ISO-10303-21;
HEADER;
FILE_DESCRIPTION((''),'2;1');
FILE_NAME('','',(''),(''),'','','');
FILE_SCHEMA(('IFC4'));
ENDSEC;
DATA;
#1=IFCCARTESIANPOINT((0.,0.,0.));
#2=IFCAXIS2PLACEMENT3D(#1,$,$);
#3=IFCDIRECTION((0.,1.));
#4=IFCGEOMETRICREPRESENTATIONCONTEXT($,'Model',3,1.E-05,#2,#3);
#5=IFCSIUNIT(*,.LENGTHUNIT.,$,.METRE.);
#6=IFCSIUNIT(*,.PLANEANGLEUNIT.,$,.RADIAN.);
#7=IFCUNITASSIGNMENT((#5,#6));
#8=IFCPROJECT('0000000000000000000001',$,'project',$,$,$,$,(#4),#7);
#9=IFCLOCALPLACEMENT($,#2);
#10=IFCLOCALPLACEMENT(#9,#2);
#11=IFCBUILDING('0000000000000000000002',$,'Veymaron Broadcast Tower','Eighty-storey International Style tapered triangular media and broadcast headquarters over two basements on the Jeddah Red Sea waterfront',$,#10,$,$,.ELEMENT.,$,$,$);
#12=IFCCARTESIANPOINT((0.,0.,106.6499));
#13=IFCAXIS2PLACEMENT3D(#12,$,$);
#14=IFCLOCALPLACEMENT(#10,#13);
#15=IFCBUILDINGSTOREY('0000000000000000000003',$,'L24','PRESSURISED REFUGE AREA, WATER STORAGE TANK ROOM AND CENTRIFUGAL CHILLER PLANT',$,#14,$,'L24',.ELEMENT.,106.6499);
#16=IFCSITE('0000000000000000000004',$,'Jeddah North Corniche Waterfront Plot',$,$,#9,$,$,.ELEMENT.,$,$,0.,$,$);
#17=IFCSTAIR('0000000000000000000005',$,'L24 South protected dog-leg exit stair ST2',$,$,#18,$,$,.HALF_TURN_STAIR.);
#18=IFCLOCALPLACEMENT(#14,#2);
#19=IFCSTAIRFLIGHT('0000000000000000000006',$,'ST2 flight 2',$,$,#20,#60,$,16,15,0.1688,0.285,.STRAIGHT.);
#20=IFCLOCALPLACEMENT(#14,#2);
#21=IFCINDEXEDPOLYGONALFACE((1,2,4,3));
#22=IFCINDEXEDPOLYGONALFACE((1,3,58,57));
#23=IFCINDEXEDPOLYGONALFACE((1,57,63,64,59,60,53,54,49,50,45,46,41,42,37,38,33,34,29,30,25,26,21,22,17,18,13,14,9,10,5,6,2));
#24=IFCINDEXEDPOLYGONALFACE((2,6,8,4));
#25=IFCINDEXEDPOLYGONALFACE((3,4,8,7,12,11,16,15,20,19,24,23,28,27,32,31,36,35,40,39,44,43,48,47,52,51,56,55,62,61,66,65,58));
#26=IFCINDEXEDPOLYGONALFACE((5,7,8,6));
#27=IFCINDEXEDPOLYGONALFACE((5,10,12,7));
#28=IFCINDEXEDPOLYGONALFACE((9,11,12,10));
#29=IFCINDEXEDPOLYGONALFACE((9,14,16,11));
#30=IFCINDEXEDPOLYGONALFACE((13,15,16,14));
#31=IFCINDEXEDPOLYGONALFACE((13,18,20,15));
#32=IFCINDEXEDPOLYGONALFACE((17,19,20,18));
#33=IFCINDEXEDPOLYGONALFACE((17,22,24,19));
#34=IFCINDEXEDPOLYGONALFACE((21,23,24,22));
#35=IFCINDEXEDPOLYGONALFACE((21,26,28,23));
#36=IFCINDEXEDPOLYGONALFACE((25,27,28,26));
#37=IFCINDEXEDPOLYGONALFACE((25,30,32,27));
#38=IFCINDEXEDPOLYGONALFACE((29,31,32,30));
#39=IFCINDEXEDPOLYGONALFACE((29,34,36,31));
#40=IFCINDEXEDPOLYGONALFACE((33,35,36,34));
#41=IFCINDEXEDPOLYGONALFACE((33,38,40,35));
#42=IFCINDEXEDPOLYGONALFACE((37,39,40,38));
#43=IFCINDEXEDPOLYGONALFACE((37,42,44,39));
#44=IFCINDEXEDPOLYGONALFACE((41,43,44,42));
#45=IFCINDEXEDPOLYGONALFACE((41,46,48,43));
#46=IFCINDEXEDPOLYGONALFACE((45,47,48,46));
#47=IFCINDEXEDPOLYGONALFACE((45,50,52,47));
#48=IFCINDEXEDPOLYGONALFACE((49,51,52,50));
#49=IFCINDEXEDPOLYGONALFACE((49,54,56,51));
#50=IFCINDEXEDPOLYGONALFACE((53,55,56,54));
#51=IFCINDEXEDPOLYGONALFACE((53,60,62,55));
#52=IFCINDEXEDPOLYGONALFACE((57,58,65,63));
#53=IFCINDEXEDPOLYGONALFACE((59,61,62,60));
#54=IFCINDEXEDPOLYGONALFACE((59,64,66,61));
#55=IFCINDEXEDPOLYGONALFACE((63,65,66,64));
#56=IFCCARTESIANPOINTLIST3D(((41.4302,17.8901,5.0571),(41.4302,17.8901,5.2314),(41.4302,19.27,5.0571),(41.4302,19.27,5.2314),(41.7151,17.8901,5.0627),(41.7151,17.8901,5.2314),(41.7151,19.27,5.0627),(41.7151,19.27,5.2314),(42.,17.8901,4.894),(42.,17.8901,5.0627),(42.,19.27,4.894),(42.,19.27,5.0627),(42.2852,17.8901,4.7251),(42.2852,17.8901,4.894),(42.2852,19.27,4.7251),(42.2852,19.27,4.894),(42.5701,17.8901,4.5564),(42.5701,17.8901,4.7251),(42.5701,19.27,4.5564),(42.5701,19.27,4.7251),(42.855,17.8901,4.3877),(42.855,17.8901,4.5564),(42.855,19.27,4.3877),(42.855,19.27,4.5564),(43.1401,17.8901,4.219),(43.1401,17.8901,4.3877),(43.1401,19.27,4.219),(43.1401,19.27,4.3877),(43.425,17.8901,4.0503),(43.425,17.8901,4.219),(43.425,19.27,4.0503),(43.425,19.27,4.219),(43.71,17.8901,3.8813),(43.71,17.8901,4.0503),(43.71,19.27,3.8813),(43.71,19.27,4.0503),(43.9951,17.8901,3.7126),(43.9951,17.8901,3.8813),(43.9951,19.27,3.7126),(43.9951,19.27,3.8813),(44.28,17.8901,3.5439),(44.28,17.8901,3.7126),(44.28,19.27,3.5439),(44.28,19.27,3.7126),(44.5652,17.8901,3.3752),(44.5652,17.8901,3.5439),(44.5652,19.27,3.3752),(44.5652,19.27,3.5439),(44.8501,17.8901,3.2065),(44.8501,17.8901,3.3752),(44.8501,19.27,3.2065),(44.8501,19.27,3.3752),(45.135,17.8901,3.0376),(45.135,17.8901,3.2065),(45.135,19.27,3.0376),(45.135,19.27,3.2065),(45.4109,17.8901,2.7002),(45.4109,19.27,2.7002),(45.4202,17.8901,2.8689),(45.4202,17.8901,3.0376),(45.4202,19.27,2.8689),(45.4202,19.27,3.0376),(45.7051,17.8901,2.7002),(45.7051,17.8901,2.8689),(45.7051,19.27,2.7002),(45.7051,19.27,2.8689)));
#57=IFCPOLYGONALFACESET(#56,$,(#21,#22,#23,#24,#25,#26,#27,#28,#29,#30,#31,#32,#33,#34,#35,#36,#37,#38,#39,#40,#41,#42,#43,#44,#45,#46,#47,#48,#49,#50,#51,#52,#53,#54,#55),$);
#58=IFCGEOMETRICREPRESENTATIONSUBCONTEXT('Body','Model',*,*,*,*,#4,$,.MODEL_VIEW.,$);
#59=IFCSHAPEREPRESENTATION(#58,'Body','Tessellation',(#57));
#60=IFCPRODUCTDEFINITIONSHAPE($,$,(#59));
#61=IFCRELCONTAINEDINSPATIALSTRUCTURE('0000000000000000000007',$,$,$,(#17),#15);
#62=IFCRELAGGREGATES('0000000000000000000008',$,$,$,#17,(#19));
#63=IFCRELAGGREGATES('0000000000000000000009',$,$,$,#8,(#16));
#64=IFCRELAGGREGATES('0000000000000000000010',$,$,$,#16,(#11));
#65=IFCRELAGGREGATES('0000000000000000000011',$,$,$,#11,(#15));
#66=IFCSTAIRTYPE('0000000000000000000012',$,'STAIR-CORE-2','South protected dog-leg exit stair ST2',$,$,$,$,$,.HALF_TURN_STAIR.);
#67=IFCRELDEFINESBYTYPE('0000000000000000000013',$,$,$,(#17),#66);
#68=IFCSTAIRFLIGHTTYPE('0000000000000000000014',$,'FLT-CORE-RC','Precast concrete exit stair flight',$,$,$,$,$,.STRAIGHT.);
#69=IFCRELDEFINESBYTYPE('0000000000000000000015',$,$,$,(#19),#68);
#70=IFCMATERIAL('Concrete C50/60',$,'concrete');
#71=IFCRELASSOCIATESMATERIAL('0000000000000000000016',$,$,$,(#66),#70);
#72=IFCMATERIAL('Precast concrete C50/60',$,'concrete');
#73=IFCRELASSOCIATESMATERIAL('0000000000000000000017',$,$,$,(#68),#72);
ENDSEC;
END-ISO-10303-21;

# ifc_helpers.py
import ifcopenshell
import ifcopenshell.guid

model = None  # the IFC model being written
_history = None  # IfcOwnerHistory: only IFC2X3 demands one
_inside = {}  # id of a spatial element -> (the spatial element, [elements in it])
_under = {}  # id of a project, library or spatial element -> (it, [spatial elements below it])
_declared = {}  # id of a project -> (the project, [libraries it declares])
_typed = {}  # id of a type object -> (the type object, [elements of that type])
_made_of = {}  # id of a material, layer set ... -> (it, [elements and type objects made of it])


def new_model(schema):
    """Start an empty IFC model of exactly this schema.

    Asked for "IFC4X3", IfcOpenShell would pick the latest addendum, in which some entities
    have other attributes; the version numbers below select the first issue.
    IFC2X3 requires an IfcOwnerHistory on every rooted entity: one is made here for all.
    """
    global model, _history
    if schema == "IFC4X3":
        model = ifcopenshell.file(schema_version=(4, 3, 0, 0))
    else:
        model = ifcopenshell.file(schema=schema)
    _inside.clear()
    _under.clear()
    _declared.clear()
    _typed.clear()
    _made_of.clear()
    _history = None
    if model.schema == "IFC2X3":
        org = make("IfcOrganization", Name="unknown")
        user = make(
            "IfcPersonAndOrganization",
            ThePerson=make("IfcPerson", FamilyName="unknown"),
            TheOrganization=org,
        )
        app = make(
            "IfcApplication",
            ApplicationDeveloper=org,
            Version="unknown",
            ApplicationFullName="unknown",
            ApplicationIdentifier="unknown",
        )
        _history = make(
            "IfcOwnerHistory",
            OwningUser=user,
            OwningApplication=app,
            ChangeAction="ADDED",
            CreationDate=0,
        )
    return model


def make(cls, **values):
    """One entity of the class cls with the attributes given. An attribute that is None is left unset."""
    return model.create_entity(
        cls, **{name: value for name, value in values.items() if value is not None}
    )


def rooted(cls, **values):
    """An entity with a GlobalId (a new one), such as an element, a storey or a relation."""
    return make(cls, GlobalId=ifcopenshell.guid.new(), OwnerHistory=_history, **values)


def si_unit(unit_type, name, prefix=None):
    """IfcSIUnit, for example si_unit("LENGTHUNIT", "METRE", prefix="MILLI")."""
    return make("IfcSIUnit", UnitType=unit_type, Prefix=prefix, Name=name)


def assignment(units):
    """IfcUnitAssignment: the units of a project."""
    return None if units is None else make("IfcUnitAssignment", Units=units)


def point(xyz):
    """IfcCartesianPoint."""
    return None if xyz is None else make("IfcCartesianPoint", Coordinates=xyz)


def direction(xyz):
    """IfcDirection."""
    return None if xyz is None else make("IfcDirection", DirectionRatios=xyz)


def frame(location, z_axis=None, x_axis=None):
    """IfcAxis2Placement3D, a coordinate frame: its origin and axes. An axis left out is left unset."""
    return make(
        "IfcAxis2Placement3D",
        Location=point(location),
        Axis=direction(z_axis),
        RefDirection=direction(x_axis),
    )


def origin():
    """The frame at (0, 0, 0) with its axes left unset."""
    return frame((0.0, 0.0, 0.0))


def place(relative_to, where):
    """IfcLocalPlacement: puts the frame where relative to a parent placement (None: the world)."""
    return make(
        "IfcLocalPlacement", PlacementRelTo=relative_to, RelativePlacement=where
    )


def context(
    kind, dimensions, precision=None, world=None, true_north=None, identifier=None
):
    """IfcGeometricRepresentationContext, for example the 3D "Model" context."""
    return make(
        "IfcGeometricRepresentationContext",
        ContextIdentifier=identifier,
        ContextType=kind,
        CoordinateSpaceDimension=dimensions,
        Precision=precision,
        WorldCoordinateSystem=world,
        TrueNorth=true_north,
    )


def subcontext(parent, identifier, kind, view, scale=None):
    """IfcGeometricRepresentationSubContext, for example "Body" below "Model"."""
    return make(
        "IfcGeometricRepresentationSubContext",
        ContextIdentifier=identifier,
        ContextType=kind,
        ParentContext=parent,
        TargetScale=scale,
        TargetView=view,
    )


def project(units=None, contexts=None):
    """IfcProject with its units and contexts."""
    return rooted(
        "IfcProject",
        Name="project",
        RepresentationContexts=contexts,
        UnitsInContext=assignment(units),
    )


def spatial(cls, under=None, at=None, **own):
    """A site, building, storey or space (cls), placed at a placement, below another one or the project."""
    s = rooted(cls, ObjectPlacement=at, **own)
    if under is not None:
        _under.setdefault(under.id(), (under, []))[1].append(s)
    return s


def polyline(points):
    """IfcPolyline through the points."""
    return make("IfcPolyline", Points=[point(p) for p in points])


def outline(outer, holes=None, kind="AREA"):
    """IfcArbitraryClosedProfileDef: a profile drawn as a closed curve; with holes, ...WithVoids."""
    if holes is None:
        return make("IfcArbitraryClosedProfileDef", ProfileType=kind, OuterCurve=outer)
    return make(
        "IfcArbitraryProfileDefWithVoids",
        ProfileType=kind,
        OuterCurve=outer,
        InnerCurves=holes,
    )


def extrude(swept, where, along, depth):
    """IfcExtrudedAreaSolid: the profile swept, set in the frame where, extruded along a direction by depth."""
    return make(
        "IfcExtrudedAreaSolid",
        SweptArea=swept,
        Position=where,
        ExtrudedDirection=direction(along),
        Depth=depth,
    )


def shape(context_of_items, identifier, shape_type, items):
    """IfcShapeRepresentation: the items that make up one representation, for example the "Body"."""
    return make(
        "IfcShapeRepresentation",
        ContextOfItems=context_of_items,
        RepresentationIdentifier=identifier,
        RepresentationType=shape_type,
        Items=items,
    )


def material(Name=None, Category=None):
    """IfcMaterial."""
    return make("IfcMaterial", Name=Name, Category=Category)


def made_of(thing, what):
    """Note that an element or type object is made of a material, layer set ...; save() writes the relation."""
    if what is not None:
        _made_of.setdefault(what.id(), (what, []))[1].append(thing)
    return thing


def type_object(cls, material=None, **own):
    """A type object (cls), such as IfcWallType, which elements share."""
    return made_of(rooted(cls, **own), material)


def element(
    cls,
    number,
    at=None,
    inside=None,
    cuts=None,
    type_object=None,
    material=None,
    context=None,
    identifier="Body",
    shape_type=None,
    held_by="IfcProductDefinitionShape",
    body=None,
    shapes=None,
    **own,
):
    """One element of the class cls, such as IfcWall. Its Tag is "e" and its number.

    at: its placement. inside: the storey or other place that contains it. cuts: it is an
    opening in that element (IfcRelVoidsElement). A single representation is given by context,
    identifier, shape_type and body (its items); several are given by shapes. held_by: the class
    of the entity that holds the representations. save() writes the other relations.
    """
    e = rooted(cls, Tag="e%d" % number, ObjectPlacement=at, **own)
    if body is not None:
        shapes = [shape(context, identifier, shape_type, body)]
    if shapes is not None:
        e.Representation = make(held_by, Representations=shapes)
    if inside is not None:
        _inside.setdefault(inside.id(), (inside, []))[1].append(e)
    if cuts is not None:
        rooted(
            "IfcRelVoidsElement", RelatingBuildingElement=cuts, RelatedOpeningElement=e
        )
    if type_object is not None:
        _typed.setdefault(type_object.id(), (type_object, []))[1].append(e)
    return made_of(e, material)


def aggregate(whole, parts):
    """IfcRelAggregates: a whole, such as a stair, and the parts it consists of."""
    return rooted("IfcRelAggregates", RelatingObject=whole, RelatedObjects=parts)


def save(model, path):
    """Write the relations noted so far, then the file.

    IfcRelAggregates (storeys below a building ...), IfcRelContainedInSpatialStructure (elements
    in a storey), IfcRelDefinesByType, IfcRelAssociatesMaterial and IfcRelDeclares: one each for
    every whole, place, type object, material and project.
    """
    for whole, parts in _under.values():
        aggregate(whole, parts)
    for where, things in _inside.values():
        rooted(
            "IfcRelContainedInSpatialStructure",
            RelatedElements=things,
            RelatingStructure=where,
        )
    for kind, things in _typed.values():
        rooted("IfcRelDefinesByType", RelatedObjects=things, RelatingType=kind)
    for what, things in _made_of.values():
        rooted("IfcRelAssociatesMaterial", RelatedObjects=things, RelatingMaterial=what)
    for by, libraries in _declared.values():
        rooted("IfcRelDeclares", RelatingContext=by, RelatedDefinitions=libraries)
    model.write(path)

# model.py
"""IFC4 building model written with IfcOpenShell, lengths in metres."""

from ifc_helpers import new_model, si_unit, direction, frame, origin, place, context, subcontext, project, spatial, polyline, outline, extrude, material, type_object, element, aggregate, save


model = new_model("IFC4")

# Units and contexts
model_context = context("Model", 3, precision=1e-05, world=origin(), true_north=direction((0.0, 1.0)))
body_context = subcontext(model_context, "Body", "Model", "MODEL_VIEW")
ifc_project = project(units=[si_unit("LENGTHUNIT", "METRE"), si_unit("PLANEANGLEUNIT", "RADIAN")], contexts=[model_context])

# Site, building, storey
site_placement = place(None, origin())
site = spatial("IfcSite", under=ifc_project, at=site_placement, Name="Jeddah North Corniche Waterfront Plot", CompositionType="ELEMENT", RefElevation=0.0)
building_placement = place(site_placement, origin())
building = spatial("IfcBuilding", under=site, at=building_placement, Name="Veymaron Broadcast Tower", Description="Eighty-storey International Style tapered triangular media and broadcast headquarters over two basements on the Jeddah Red Sea waterfront", CompositionType="ELEMENT")
storey_placement = place(building_placement, frame((0.0, 0.0, 106.6499)))
storey = spatial("IfcBuildingStorey", under=building, at=storey_placement, Name="L24", Description="PRESSURISED REFUGE AREA, WATER STORAGE TANK ROOM AND CENTRIFUGAL CHILLER PLANT", LongName="L24", CompositionType="ELEMENT", Elevation=106.6499)

# Shared definitions
ifc_material_1 = material(Name="Concrete C50/60", Category="concrete")

# Stair, stair flight
stair_type = type_object("IfcStairType", Name="STAIR-CORE-2", Description="South protected dog-leg exit stair ST2", PredefinedType="HALF_TURN_STAIR", material=ifc_material_1)
stair_placement = place(storey_placement, origin())
stair = element("IfcStair", 1, at=stair_placement, inside=storey, type_object=stair_type, Name="L24 South protected dog-leg exit stair ST2", PredefinedType="HALF_TURN_STAIR")
ifc_material_2 = material(Name="Precast concrete C50/60", Category="concrete")
stair_flight_type = type_object("IfcStairFlightType", Name="FLT-CORE-RC", Description="Precast concrete exit stair flight", PredefinedType="STRAIGHT", material=ifc_material_2)
stair_flight_1_placement = place(storey_placement, frame((45.7051, 18.5801, 2.7002), z_axis=(0.0, 0.0, 1.0), x_axis=(-1.0, 0.0, 0.0)))
stair_flight_1 = element("IfcStairFlight", 2, at=stair_flight_1_placement, type_object=stair_flight_type, Name="ST2 flight 2", NumberOfRisers=16, NumberOfTreads=15, PredefinedType="STRAIGHT", RiserHeight=0.1688, TreadLength=0.285, context=body_context, shape_type="SweptSolid", body=[
    extrude(outline(polyline([(0.0, 0.0), (0.0, 0.1687), (0.2849, 0.1687), (0.2849, 0.3374), (0.5701, 0.3374), (0.5701, 0.5063), (0.855, 0.5063), (0.855, 0.675), (1.1399, 0.675), (1.1399, 0.8438), (1.425, 0.8438), (1.425, 1.0125), (1.71, 1.0125), (1.71, 1.1812), (1.9951, 1.1812), (1.9951, 1.3501), (2.28, 1.3501), (2.28, 1.5188), (2.5649, 1.5188), (2.5649, 1.6875), (2.8501, 1.6875), (2.8501, 1.8562), (3.135, 1.8562), (3.135, 2.0249), (3.4199, 2.0249), (3.4199, 2.1938), (3.7051, 2.1938), (3.7051, 2.3625), (3.99, 2.3625), (3.99, 2.5312), (4.2749, 2.5312), (4.2749, 2.7), (4.2749, 2.3569), (0.2942, 0.0), (0.0, 0.0)])), frame((0.0, 0.6899, 0.0), z_axis=(0.0, -1.0, 0.0), x_axis=(1.0, 0.0, 0.0)), (0.0, 0.0, 1.0), 1.3799),
])
aggregate(stair, [stair_flight_1])

save(model, "model.ifc")
